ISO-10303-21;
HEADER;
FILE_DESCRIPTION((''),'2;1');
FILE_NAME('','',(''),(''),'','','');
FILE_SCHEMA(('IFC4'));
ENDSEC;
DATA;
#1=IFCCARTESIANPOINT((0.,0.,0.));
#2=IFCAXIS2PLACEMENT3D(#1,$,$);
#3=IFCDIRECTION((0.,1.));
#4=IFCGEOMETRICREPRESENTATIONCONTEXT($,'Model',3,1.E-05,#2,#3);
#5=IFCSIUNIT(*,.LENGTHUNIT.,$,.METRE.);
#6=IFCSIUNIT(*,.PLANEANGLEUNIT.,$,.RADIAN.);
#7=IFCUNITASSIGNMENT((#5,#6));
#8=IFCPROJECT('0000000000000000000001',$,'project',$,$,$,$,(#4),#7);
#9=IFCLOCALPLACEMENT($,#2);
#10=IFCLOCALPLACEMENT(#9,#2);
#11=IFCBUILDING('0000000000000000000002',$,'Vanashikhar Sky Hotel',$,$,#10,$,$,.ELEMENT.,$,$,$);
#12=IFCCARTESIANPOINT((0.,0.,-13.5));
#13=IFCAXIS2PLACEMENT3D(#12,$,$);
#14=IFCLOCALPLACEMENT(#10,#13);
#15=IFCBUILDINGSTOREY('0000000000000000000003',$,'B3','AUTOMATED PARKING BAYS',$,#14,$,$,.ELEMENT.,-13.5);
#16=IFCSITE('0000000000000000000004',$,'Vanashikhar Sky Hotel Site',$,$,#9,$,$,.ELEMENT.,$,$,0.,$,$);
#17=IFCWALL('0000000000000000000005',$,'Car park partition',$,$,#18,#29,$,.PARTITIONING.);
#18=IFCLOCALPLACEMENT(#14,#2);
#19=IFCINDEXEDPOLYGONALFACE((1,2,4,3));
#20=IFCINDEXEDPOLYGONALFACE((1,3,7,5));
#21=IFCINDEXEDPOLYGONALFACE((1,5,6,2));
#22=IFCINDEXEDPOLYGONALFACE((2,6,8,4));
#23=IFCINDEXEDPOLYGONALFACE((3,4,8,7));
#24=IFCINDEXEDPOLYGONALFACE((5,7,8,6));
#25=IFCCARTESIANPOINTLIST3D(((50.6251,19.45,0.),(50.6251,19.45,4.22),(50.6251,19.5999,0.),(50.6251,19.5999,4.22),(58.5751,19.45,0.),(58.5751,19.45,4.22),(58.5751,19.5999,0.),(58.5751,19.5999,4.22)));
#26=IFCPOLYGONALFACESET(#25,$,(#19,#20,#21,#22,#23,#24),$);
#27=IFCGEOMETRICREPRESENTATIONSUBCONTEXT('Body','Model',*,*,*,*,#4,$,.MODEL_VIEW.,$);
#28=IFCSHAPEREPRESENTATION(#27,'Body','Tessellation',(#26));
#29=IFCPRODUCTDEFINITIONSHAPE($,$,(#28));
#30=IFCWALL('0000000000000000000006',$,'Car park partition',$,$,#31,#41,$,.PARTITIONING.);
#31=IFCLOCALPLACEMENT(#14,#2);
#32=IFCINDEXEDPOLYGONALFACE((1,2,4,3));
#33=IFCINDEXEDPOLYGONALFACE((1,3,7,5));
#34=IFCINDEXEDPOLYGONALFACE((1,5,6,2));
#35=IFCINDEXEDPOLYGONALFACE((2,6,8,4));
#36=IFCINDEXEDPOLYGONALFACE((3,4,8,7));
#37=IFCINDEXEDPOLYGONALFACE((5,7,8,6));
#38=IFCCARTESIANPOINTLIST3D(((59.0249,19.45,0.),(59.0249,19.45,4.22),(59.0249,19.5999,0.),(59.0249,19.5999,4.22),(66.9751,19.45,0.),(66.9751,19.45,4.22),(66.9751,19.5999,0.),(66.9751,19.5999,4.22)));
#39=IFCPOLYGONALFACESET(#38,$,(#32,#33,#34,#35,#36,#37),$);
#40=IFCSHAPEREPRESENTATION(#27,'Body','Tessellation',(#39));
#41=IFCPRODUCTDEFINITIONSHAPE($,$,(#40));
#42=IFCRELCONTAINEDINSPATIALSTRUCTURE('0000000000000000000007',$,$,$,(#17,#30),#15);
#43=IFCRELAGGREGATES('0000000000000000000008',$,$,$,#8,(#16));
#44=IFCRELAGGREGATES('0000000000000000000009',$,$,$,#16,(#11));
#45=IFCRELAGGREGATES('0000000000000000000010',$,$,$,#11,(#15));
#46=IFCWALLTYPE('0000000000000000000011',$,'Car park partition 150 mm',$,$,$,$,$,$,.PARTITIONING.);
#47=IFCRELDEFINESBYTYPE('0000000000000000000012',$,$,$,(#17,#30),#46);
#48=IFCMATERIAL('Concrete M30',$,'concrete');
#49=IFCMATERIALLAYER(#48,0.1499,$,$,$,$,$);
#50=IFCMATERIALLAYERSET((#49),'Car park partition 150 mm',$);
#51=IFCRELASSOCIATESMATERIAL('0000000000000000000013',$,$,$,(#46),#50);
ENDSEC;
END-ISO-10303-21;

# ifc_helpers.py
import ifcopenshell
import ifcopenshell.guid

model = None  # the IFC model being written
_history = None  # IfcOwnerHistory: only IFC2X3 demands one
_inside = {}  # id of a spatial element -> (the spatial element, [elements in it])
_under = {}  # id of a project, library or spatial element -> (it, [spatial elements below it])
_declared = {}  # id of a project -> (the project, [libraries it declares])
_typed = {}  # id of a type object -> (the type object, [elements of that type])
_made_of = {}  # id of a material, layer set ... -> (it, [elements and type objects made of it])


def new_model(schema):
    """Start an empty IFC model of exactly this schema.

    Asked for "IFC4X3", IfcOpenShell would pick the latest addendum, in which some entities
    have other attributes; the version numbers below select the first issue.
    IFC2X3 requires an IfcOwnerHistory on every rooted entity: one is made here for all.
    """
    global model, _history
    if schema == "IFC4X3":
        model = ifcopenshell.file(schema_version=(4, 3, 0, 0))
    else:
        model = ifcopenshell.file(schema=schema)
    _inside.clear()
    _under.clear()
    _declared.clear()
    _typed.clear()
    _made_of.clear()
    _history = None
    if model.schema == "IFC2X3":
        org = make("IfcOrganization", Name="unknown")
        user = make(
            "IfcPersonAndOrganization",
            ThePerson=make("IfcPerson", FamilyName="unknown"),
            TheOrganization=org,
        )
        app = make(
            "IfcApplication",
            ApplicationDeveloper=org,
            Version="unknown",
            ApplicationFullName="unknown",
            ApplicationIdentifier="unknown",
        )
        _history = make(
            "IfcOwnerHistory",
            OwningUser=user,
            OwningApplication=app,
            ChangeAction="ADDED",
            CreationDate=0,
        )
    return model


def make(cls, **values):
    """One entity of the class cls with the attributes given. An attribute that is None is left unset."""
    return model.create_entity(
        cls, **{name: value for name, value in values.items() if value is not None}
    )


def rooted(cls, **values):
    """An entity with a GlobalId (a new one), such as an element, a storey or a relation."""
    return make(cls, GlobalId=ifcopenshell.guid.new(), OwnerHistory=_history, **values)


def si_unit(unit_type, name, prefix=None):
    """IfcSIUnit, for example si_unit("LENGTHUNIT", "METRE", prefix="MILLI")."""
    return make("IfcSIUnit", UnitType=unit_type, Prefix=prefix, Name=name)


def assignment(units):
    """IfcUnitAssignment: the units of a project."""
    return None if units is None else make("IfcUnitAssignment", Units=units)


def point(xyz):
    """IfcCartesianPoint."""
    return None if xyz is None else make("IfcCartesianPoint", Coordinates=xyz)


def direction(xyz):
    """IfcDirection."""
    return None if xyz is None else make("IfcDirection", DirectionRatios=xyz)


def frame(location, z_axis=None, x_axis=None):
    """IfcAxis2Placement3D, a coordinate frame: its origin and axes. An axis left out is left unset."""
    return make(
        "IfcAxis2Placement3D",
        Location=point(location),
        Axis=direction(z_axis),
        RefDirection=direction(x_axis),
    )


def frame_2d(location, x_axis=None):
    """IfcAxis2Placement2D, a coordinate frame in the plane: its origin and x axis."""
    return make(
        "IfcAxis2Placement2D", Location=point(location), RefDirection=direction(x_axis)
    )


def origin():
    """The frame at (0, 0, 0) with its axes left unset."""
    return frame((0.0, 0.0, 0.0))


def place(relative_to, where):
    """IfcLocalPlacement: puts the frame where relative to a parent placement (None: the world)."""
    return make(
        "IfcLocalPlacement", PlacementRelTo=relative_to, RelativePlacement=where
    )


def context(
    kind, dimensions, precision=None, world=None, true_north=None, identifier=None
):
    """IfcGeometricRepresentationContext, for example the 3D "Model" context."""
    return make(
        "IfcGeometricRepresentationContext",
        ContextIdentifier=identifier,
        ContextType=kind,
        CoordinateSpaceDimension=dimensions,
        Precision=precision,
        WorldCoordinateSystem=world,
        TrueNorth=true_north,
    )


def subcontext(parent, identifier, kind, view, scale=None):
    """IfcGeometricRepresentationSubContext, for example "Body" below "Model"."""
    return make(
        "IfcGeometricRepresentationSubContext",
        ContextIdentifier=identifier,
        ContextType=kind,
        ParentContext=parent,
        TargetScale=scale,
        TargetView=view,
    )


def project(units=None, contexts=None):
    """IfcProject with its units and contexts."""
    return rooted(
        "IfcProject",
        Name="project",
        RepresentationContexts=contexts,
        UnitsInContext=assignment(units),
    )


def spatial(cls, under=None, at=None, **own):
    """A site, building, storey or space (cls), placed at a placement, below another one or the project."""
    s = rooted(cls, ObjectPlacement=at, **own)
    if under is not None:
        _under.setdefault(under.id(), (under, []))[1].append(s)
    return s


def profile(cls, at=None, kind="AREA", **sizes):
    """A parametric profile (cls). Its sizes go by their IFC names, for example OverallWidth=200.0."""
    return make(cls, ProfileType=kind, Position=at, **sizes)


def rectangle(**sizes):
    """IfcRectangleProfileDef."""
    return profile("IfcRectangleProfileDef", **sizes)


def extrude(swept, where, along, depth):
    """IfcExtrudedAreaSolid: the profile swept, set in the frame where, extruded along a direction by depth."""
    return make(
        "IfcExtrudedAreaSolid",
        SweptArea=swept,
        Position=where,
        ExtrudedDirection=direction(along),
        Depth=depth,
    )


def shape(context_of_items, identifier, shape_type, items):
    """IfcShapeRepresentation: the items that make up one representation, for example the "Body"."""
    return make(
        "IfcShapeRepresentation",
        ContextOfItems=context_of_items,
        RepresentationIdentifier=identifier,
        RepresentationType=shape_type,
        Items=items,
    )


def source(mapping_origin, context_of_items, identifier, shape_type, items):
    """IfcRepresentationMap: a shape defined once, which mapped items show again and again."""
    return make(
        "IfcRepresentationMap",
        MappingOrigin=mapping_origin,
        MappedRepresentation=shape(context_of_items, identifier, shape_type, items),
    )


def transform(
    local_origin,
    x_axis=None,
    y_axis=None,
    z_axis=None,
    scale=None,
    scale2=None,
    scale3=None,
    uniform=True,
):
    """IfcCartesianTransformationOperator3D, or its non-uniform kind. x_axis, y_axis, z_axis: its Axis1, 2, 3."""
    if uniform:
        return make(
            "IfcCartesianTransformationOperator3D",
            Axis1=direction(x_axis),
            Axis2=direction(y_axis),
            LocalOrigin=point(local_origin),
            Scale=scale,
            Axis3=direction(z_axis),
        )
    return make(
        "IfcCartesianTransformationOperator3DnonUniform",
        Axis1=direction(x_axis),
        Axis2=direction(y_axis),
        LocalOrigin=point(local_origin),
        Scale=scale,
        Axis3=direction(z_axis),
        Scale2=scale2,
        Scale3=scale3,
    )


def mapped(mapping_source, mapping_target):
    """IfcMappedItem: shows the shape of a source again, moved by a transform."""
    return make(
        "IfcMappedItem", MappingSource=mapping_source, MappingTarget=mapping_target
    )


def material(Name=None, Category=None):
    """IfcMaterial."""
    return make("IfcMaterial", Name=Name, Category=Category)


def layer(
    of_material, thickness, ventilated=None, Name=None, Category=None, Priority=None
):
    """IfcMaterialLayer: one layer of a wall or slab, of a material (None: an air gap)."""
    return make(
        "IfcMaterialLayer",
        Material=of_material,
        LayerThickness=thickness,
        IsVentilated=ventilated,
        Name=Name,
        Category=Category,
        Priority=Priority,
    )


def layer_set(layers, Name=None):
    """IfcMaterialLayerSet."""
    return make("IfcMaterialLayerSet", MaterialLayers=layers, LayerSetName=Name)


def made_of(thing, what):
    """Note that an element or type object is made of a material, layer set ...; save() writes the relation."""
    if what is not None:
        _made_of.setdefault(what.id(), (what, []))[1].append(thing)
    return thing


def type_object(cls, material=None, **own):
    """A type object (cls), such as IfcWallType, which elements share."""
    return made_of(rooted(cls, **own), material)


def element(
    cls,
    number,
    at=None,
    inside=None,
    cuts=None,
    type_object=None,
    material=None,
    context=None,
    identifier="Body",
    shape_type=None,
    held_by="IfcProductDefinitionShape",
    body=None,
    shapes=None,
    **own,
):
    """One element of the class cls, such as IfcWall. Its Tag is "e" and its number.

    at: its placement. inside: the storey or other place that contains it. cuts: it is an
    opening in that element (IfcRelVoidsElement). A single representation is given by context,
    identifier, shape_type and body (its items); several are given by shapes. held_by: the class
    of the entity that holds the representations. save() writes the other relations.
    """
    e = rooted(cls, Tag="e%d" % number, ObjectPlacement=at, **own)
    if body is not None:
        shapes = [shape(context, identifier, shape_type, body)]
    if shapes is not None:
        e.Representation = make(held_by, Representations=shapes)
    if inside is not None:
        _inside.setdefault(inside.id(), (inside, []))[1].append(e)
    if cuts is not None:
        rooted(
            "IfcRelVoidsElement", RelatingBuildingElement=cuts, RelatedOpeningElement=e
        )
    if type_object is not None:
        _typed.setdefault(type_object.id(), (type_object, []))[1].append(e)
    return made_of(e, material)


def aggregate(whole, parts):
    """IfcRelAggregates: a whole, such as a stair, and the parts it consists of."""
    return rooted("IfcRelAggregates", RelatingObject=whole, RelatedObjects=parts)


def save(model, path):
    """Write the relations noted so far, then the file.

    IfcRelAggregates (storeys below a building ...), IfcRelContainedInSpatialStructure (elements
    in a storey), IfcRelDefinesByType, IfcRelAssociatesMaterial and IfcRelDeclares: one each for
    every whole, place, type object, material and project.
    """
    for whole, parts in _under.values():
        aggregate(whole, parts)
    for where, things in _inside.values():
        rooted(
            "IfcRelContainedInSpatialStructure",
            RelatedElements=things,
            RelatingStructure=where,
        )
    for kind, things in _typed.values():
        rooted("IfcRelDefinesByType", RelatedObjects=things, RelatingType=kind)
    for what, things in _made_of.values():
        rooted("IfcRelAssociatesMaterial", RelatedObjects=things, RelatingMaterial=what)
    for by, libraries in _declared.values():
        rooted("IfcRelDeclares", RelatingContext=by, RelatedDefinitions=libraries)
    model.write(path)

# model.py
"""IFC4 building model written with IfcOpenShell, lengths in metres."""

from ifc_helpers import new_model, si_unit, direction, frame, frame_2d, origin, place, context, subcontext, project, spatial, rectangle, extrude, source, transform, mapped, material, layer, layer_set, type_object, element, save


model = new_model("IFC4")

# Units and contexts
model_context = context("Model", 3, precision=1e-05, world=origin(), true_north=direction((0.0, 1.0)))
body_context = subcontext(model_context, "Body", "Model", "MODEL_VIEW")
ifc_project = project(units=[si_unit("LENGTHUNIT", "METRE"), si_unit("PLANEANGLEUNIT", "RADIAN")], contexts=[model_context])

# Site, building, storey
site_placement = place(None, origin())
site = spatial("IfcSite", under=ifc_project, at=site_placement, Name="Vanashikhar Sky Hotel Site", CompositionType="ELEMENT", RefElevation=0.0)
building_placement = place(site_placement, origin())
building = spatial("IfcBuilding", under=site, at=building_placement, Name="Vanashikhar Sky Hotel", CompositionType="ELEMENT")
storey_placement = place(building_placement, frame((0.0, 0.0, -13.5)))
storey = spatial("IfcBuildingStorey", under=building, at=storey_placement, Name="B3", Description="AUTOMATED PARKING BAYS", CompositionType="ELEMENT", Elevation=-13.5)

# Walls
ifc_material_1 = material(Name="Concrete M30", Category="concrete")
ifc_layer_1 = layer(ifc_material_1, 0.1499)
ifc_layer_set_1 = layer_set([ifc_layer_1], Name="Car park partition 150 mm")
wall_type_1 = type_object("IfcWallType", Name="Car park partition 150 mm", PredefinedType="PARTITIONING", material=ifc_layer_set_1)
shared_shape_1 = source(origin(), body_context, "Body", "SweptSolid", [
    extrude(rectangle(XDim=7.95, YDim=0.1499, at=frame_2d((3.9751, 0.0))), origin(), (0.0, 0.0, 1.0), 4.22),
])
wall_1_placement = place(storey_placement, frame((50.625, 19.5249, 0.0), z_axis=(0.0, 0.0, 1.0), x_axis=(1.0, 0.0, 0.0)))
element("IfcWall", 1, at=wall_1_placement, inside=storey, type_object=wall_type_1, Name="Car park partition", PredefinedType="PARTITIONING", context=body_context, shape_type="MappedRepresentation", body=[
    mapped(shared_shape_1, transform((0.0, 0.0, 0.0), scale=1.0)),
])
shared_shape_2 = source(origin(), body_context, "Body", "SweptSolid", [
    extrude(rectangle(XDim=7.9502, YDim=0.1499, at=frame_2d((3.9751, 0.0))), origin(), (0.0, 0.0, 1.0), 4.22),
])
wall_2_placement = place(storey_placement, frame((59.0249, 19.5249, 0.0), z_axis=(0.0, 0.0, 1.0), x_axis=(1.0, 0.0, 0.0)))
element("IfcWall", 2, at=wall_2_placement, inside=storey, type_object=wall_type_1, Name="Car park partition", PredefinedType="PARTITIONING", context=body_context, shape_type="MappedRepresentation", body=[
    mapped(shared_shape_2, transform((0.0, 0.0, 0.0), scale=1.0)),
])

save(model, "model.ifc")
